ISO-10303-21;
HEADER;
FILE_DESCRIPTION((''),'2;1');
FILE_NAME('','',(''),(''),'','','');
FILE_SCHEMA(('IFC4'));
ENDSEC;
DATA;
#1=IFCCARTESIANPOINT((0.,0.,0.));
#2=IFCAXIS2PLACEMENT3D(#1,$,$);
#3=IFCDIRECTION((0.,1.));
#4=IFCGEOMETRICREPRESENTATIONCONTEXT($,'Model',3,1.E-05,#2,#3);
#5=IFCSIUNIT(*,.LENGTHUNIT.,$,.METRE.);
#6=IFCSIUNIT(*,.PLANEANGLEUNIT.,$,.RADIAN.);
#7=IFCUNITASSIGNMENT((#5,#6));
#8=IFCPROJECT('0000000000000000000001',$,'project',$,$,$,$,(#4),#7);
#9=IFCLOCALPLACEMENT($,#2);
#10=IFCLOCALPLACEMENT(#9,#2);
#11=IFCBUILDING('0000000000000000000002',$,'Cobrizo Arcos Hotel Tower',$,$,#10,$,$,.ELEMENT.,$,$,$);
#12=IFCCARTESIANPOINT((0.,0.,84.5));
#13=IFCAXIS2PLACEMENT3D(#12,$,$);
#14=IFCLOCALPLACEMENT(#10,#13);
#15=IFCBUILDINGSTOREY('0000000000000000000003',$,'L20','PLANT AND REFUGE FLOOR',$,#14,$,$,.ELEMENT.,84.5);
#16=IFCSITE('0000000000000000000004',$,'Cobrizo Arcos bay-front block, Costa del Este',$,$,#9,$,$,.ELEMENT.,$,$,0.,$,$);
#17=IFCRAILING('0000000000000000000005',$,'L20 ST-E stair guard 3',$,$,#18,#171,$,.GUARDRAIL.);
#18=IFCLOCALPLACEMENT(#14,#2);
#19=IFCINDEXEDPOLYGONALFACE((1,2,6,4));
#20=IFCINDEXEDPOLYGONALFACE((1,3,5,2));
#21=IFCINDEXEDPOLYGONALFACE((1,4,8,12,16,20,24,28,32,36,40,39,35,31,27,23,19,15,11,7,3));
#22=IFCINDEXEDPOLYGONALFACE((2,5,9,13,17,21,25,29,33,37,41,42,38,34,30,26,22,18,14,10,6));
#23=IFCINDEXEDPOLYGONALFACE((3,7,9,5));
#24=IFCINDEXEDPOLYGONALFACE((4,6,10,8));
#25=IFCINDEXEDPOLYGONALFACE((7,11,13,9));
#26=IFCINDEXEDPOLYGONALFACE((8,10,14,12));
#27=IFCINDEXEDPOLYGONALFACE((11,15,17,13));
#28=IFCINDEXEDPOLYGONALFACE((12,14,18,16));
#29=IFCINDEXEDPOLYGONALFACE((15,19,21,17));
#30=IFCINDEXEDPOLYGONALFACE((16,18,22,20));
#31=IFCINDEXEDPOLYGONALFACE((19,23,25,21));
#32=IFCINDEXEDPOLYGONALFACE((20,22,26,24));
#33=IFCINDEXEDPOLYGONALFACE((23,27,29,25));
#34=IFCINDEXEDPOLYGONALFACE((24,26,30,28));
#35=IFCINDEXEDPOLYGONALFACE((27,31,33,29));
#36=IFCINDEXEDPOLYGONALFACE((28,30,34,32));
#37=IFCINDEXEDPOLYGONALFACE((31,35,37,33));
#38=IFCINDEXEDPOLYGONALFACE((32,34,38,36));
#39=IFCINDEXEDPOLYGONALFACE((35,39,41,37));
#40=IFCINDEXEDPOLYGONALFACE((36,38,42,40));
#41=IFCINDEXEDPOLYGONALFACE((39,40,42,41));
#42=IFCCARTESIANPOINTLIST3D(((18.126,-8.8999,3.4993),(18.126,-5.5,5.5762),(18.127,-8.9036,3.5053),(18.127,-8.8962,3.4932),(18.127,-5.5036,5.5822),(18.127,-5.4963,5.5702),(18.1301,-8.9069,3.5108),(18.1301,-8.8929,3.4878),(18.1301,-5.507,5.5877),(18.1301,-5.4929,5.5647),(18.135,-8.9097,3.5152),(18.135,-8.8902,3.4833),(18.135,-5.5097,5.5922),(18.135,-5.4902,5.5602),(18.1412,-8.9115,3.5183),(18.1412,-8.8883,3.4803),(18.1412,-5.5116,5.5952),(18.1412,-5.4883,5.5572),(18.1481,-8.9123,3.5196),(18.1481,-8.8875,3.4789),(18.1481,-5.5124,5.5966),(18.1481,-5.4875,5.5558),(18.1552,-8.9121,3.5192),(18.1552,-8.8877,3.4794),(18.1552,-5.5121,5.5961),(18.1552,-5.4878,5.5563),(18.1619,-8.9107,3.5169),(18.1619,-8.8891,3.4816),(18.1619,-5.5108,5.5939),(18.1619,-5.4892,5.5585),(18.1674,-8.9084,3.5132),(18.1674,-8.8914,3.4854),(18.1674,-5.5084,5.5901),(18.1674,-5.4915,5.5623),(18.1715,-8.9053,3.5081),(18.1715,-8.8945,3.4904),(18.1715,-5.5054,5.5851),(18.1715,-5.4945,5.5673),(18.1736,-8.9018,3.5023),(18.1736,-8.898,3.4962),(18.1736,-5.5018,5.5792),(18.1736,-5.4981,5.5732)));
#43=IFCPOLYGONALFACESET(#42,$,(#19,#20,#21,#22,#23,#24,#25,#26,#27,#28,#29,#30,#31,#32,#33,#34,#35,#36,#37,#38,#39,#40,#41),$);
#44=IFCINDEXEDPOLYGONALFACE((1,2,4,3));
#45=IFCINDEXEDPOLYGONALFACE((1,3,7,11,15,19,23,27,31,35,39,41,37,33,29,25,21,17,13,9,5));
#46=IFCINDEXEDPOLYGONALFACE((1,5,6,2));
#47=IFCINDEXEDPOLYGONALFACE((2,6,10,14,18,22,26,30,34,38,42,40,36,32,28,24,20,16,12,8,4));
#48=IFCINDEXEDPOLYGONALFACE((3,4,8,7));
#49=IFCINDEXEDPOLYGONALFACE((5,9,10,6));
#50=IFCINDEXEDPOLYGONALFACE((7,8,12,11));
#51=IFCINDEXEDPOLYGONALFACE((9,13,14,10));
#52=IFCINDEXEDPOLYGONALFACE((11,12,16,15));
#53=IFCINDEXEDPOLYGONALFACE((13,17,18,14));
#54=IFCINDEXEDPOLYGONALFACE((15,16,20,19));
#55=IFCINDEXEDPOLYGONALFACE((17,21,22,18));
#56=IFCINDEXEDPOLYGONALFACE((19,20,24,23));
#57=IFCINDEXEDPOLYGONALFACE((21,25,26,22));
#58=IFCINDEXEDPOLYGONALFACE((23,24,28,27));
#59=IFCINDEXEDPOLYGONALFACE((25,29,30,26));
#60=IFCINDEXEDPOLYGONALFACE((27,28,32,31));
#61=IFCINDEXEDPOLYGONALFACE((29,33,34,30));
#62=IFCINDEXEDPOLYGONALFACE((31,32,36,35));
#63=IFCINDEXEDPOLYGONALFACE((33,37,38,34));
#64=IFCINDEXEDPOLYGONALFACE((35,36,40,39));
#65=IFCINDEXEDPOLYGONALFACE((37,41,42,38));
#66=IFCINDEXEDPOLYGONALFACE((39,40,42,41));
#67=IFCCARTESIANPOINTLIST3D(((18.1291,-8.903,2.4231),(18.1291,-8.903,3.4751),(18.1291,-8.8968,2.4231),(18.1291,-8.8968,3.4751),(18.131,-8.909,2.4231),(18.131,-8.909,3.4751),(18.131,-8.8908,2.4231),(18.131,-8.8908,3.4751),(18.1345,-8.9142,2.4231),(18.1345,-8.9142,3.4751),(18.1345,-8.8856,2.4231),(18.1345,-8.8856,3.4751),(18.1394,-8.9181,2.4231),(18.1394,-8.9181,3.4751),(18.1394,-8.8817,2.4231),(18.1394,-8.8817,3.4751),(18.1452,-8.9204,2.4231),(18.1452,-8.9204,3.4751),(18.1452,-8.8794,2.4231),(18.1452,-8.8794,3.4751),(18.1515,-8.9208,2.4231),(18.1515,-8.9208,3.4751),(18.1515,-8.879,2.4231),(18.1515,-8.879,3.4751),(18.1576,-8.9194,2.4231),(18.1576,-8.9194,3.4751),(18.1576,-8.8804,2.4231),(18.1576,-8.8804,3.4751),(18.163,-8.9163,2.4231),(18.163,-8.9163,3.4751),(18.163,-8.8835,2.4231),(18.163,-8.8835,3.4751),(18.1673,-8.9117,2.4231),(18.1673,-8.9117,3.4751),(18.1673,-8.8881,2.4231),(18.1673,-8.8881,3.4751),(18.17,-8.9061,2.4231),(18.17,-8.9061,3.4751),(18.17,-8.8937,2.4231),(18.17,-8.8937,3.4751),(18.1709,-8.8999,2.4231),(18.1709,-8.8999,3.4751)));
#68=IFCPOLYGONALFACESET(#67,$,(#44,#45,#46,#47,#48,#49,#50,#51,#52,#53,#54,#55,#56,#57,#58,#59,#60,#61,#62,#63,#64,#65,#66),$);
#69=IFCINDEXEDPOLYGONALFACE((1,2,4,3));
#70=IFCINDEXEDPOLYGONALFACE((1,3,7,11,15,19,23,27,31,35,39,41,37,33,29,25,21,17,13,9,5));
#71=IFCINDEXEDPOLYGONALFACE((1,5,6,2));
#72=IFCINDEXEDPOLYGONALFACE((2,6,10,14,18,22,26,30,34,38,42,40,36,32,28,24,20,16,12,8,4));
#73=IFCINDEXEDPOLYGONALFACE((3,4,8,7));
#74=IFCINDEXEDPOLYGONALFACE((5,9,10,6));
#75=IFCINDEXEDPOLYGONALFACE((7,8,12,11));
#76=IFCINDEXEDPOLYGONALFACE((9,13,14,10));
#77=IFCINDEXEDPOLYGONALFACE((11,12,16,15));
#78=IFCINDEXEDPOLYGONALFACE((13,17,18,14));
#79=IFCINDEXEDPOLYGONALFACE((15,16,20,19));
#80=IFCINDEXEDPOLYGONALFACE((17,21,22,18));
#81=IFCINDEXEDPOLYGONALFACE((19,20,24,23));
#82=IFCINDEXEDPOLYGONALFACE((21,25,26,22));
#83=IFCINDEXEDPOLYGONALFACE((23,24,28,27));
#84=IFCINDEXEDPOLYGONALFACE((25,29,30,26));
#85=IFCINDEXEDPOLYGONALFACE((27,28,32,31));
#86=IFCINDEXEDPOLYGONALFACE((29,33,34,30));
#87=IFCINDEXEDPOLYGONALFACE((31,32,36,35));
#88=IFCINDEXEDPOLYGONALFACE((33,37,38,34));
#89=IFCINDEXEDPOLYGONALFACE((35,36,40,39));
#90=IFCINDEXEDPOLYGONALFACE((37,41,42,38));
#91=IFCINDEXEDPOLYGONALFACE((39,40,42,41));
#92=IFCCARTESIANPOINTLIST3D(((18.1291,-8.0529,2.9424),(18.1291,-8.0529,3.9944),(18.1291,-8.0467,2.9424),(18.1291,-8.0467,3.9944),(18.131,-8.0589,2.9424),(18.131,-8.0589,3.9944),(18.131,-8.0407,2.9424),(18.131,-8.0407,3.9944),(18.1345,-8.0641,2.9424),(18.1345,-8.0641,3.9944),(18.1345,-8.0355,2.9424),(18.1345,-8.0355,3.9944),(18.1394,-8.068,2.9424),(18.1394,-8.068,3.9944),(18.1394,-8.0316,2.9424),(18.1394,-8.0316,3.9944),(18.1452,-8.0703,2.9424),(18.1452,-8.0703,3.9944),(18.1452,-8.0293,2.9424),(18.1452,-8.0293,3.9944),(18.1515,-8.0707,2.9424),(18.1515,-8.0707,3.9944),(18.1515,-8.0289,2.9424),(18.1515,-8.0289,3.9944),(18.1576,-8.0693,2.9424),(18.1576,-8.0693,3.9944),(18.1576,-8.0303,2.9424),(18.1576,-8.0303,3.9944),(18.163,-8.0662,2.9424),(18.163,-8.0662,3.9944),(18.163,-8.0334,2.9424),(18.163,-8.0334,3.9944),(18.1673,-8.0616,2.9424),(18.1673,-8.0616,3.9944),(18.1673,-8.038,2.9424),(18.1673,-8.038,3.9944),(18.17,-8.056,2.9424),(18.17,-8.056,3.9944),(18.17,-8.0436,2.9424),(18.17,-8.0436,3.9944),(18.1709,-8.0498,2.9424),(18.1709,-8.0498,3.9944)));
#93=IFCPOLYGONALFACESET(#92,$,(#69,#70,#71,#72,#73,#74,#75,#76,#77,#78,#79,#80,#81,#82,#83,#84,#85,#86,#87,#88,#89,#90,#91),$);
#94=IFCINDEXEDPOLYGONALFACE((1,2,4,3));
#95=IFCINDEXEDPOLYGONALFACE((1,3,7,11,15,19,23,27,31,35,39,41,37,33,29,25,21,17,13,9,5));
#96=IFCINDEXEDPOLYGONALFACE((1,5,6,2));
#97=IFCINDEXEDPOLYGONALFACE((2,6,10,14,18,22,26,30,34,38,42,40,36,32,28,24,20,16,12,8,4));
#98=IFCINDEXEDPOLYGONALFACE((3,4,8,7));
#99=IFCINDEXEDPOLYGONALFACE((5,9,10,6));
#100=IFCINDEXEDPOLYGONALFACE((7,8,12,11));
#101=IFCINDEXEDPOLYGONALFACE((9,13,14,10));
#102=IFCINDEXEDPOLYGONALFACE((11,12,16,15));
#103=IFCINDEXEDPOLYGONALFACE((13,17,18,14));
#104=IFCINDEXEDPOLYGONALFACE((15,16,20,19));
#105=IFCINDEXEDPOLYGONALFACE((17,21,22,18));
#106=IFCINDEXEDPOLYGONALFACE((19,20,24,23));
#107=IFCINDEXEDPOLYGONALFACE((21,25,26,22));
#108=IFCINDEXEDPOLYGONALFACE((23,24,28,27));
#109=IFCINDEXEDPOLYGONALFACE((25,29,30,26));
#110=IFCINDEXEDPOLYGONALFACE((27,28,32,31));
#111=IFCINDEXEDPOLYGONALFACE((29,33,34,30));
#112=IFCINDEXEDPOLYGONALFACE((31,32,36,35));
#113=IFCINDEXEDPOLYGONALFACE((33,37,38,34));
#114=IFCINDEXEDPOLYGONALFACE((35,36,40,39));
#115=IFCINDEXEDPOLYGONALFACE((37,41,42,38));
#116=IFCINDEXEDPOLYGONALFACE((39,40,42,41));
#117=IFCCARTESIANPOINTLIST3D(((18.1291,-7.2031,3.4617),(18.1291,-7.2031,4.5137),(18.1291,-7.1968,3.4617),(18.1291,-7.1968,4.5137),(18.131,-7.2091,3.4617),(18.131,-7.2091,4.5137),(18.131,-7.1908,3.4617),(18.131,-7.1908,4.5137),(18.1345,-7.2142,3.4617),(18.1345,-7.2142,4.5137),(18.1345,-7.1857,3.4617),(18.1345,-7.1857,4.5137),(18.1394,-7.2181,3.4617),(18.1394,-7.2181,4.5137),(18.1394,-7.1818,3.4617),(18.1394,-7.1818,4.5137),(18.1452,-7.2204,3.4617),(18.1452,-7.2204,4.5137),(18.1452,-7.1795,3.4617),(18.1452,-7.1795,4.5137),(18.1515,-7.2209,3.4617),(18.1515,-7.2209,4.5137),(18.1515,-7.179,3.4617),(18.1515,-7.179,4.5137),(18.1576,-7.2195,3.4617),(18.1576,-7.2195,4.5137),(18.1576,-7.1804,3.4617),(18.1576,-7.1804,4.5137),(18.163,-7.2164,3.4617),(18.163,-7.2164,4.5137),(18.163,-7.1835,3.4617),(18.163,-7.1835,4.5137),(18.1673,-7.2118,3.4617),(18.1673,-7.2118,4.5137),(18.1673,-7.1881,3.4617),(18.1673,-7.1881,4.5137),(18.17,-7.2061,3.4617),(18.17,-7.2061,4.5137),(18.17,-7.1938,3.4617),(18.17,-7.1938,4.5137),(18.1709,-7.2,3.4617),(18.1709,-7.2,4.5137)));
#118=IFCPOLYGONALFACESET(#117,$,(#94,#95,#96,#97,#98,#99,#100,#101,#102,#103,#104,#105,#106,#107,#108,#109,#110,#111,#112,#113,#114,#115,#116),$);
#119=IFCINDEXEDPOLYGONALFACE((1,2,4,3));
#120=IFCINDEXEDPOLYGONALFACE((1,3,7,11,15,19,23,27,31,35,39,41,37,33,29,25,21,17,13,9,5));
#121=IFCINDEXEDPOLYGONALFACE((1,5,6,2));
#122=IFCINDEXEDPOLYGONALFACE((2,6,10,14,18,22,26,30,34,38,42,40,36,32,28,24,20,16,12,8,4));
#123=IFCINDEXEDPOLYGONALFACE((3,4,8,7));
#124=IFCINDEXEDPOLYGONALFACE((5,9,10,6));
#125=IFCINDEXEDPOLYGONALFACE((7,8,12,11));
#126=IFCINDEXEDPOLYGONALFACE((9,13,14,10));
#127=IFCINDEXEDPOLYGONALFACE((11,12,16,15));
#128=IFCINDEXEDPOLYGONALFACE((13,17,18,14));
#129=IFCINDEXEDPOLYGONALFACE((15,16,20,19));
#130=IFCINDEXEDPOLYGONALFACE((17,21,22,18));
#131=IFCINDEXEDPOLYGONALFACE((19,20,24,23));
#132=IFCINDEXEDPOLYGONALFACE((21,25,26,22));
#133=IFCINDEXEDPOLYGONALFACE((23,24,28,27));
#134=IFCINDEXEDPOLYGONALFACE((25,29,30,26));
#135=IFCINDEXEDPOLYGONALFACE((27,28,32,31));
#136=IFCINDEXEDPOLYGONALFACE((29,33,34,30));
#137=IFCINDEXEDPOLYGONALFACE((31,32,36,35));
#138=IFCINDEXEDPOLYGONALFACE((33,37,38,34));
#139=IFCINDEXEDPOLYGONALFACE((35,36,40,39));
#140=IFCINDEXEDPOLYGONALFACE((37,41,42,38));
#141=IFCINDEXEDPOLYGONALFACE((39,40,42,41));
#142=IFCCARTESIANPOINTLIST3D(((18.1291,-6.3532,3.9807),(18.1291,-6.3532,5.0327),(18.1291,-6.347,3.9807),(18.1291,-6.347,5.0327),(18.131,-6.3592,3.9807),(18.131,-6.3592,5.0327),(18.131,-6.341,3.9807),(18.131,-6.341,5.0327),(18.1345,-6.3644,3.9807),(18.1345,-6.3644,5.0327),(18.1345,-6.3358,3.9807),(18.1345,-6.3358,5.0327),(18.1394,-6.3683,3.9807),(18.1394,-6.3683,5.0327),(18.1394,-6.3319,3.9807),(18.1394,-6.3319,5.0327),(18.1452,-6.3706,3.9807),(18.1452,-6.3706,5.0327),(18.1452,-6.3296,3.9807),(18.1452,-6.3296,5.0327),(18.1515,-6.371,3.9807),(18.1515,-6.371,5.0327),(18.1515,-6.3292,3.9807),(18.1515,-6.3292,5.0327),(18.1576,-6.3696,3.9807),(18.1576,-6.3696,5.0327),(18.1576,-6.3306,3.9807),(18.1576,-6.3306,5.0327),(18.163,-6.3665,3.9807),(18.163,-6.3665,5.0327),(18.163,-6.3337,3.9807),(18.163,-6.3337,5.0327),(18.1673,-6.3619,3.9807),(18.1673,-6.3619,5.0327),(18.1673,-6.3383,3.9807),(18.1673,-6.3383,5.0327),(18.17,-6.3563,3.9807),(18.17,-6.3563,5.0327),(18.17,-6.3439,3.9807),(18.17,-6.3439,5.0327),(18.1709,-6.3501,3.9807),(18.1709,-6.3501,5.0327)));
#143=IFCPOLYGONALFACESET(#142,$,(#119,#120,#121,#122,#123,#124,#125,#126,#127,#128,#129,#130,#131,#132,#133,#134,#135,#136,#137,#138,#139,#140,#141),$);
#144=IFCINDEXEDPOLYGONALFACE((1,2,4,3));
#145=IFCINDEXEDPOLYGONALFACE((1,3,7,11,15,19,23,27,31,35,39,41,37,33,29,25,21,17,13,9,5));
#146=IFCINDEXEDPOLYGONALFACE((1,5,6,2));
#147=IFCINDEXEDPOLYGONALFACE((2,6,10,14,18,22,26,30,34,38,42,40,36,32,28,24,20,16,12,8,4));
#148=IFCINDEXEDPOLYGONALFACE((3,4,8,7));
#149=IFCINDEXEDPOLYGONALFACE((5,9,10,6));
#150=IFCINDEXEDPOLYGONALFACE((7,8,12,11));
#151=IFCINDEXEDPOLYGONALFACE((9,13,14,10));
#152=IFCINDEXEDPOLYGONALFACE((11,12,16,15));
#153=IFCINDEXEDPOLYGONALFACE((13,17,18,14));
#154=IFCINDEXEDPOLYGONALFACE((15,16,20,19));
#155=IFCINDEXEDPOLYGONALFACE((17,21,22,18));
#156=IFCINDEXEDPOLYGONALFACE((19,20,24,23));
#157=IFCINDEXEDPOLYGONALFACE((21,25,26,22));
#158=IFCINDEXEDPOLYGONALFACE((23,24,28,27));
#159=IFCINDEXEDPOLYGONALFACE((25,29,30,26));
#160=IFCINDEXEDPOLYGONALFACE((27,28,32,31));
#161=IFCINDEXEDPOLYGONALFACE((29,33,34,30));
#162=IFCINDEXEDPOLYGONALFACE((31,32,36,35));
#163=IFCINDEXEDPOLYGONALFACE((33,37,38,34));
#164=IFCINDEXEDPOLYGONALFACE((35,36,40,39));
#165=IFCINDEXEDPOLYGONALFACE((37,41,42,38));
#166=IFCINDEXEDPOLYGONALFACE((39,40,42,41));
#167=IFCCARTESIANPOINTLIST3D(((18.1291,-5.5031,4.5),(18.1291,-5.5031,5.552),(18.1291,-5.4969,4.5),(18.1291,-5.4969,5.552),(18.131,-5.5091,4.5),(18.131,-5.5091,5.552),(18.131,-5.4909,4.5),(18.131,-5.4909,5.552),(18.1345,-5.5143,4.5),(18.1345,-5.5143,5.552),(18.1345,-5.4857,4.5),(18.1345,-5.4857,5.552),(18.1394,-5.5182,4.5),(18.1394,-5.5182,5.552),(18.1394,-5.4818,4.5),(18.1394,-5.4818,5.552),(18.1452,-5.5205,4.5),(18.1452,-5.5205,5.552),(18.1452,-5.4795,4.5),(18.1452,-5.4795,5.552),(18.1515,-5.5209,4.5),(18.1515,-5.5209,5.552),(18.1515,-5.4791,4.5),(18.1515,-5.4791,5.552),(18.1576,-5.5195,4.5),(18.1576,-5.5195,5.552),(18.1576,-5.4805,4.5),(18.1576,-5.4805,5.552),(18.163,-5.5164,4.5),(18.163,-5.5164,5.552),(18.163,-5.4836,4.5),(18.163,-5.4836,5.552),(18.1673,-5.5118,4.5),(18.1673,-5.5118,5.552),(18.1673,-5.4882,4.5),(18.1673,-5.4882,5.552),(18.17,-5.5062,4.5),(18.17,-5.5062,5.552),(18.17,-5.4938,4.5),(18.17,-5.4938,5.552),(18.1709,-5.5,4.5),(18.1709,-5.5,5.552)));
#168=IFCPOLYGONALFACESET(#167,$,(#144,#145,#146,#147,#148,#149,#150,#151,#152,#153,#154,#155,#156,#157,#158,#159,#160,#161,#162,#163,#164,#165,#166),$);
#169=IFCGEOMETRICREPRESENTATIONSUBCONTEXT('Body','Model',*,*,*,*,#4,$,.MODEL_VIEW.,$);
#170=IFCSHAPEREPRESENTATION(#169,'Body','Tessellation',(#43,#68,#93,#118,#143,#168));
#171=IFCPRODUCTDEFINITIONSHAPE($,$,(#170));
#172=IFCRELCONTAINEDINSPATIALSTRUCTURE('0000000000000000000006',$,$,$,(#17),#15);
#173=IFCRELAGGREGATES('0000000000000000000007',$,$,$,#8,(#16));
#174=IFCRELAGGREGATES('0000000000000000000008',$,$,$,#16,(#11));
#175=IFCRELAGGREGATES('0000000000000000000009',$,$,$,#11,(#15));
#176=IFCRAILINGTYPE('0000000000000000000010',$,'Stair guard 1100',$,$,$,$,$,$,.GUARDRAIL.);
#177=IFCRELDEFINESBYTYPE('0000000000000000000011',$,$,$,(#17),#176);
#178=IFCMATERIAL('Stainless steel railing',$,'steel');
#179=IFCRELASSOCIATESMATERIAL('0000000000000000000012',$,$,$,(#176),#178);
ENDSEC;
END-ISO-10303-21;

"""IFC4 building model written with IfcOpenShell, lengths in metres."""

from ifc_helpers import new_model, si_unit, direction, frame, origin, origin_2d, place, context, subcontext, project, spatial, circle, extrude, material, type_object, element, save


model = new_model("IFC4")

# Units and contexts
model_context = context("Model", 3, precision=1e-05, world=origin(), true_north=direction((0.0, 1.0)))
body_context = subcontext(model_context, "Body", "Model", "MODEL_VIEW")
ifc_project = project(units=[si_unit("LENGTHUNIT", "METRE"), si_unit("PLANEANGLEUNIT", "RADIAN")], contexts=[model_context])

# Site, building, storey
site_placement = place(None, origin())
site = spatial("IfcSite", under=ifc_project, at=site_placement, Name="Cobrizo Arcos bay-front block, Costa del Este", CompositionType="ELEMENT", RefElevation=0.0)
building_placement = place(site_placement, origin())
building = spatial("IfcBuilding", under=site, at=building_placement, Name="Cobrizo Arcos Hotel Tower", CompositionType="ELEMENT")
storey_placement = place(building_placement, frame((0.0, 0.0, 84.5)))
storey = spatial("IfcBuildingStorey", under=building, at=storey_placement, Name="L20", Description="PLANT AND REFUGE FLOOR", CompositionType="ELEMENT", Elevation=84.5)

# Railing
ifc_material_1 = material(Name="Stainless steel railing", Category="steel")
railing_type_1 = type_object("IfcRailingType", Name="Stair guard 1100", PredefinedType="GUARDRAIL", material=ifc_material_1)
railing_1_placement = place(storey_placement, frame((18.1499, -8.8999, 2.4231)))
element("IfcRailing", 1, at=railing_1_placement, inside=storey, type_object=railing_type_1, Name="L20 ST-E stair guard 3", PredefinedType="GUARDRAIL", context=body_context, shape_type="SweptSolid", body=[
    extrude(circle(Radius=0.0239, at=origin_2d()), frame((0.0, 0.0, 1.0762), z_axis=(0.0, 0.853373, 0.521301), x_axis=(-1.0, 0.0, 0.0)), (0.0, 0.0, 1.0), 3.9841),
    extrude(circle(Radius=0.021, at=origin_2d()), origin(), (0.0, 0.0, 1.0), 1.052),
    extrude(circle(Radius=0.021, at=origin_2d()), frame((0.0, 0.8501, 0.5193)), (0.0, 0.0, 1.0), 1.052),
    extrude(circle(Radius=0.021, at=origin_2d()), frame((0.0, 1.7, 1.0386)), (0.0, 0.0, 1.0), 1.052),
    extrude(circle(Radius=0.021, at=origin_2d()), frame((0.0, 2.5498, 1.5576)), (0.0, 0.0, 1.0), 1.052),
    extrude(circle(Radius=0.021, at=origin_2d()), frame((0.0, 3.3999, 2.0769)), (0.0, 0.0, 1.0), 1.052),
])

save(model, "model.ifc")
